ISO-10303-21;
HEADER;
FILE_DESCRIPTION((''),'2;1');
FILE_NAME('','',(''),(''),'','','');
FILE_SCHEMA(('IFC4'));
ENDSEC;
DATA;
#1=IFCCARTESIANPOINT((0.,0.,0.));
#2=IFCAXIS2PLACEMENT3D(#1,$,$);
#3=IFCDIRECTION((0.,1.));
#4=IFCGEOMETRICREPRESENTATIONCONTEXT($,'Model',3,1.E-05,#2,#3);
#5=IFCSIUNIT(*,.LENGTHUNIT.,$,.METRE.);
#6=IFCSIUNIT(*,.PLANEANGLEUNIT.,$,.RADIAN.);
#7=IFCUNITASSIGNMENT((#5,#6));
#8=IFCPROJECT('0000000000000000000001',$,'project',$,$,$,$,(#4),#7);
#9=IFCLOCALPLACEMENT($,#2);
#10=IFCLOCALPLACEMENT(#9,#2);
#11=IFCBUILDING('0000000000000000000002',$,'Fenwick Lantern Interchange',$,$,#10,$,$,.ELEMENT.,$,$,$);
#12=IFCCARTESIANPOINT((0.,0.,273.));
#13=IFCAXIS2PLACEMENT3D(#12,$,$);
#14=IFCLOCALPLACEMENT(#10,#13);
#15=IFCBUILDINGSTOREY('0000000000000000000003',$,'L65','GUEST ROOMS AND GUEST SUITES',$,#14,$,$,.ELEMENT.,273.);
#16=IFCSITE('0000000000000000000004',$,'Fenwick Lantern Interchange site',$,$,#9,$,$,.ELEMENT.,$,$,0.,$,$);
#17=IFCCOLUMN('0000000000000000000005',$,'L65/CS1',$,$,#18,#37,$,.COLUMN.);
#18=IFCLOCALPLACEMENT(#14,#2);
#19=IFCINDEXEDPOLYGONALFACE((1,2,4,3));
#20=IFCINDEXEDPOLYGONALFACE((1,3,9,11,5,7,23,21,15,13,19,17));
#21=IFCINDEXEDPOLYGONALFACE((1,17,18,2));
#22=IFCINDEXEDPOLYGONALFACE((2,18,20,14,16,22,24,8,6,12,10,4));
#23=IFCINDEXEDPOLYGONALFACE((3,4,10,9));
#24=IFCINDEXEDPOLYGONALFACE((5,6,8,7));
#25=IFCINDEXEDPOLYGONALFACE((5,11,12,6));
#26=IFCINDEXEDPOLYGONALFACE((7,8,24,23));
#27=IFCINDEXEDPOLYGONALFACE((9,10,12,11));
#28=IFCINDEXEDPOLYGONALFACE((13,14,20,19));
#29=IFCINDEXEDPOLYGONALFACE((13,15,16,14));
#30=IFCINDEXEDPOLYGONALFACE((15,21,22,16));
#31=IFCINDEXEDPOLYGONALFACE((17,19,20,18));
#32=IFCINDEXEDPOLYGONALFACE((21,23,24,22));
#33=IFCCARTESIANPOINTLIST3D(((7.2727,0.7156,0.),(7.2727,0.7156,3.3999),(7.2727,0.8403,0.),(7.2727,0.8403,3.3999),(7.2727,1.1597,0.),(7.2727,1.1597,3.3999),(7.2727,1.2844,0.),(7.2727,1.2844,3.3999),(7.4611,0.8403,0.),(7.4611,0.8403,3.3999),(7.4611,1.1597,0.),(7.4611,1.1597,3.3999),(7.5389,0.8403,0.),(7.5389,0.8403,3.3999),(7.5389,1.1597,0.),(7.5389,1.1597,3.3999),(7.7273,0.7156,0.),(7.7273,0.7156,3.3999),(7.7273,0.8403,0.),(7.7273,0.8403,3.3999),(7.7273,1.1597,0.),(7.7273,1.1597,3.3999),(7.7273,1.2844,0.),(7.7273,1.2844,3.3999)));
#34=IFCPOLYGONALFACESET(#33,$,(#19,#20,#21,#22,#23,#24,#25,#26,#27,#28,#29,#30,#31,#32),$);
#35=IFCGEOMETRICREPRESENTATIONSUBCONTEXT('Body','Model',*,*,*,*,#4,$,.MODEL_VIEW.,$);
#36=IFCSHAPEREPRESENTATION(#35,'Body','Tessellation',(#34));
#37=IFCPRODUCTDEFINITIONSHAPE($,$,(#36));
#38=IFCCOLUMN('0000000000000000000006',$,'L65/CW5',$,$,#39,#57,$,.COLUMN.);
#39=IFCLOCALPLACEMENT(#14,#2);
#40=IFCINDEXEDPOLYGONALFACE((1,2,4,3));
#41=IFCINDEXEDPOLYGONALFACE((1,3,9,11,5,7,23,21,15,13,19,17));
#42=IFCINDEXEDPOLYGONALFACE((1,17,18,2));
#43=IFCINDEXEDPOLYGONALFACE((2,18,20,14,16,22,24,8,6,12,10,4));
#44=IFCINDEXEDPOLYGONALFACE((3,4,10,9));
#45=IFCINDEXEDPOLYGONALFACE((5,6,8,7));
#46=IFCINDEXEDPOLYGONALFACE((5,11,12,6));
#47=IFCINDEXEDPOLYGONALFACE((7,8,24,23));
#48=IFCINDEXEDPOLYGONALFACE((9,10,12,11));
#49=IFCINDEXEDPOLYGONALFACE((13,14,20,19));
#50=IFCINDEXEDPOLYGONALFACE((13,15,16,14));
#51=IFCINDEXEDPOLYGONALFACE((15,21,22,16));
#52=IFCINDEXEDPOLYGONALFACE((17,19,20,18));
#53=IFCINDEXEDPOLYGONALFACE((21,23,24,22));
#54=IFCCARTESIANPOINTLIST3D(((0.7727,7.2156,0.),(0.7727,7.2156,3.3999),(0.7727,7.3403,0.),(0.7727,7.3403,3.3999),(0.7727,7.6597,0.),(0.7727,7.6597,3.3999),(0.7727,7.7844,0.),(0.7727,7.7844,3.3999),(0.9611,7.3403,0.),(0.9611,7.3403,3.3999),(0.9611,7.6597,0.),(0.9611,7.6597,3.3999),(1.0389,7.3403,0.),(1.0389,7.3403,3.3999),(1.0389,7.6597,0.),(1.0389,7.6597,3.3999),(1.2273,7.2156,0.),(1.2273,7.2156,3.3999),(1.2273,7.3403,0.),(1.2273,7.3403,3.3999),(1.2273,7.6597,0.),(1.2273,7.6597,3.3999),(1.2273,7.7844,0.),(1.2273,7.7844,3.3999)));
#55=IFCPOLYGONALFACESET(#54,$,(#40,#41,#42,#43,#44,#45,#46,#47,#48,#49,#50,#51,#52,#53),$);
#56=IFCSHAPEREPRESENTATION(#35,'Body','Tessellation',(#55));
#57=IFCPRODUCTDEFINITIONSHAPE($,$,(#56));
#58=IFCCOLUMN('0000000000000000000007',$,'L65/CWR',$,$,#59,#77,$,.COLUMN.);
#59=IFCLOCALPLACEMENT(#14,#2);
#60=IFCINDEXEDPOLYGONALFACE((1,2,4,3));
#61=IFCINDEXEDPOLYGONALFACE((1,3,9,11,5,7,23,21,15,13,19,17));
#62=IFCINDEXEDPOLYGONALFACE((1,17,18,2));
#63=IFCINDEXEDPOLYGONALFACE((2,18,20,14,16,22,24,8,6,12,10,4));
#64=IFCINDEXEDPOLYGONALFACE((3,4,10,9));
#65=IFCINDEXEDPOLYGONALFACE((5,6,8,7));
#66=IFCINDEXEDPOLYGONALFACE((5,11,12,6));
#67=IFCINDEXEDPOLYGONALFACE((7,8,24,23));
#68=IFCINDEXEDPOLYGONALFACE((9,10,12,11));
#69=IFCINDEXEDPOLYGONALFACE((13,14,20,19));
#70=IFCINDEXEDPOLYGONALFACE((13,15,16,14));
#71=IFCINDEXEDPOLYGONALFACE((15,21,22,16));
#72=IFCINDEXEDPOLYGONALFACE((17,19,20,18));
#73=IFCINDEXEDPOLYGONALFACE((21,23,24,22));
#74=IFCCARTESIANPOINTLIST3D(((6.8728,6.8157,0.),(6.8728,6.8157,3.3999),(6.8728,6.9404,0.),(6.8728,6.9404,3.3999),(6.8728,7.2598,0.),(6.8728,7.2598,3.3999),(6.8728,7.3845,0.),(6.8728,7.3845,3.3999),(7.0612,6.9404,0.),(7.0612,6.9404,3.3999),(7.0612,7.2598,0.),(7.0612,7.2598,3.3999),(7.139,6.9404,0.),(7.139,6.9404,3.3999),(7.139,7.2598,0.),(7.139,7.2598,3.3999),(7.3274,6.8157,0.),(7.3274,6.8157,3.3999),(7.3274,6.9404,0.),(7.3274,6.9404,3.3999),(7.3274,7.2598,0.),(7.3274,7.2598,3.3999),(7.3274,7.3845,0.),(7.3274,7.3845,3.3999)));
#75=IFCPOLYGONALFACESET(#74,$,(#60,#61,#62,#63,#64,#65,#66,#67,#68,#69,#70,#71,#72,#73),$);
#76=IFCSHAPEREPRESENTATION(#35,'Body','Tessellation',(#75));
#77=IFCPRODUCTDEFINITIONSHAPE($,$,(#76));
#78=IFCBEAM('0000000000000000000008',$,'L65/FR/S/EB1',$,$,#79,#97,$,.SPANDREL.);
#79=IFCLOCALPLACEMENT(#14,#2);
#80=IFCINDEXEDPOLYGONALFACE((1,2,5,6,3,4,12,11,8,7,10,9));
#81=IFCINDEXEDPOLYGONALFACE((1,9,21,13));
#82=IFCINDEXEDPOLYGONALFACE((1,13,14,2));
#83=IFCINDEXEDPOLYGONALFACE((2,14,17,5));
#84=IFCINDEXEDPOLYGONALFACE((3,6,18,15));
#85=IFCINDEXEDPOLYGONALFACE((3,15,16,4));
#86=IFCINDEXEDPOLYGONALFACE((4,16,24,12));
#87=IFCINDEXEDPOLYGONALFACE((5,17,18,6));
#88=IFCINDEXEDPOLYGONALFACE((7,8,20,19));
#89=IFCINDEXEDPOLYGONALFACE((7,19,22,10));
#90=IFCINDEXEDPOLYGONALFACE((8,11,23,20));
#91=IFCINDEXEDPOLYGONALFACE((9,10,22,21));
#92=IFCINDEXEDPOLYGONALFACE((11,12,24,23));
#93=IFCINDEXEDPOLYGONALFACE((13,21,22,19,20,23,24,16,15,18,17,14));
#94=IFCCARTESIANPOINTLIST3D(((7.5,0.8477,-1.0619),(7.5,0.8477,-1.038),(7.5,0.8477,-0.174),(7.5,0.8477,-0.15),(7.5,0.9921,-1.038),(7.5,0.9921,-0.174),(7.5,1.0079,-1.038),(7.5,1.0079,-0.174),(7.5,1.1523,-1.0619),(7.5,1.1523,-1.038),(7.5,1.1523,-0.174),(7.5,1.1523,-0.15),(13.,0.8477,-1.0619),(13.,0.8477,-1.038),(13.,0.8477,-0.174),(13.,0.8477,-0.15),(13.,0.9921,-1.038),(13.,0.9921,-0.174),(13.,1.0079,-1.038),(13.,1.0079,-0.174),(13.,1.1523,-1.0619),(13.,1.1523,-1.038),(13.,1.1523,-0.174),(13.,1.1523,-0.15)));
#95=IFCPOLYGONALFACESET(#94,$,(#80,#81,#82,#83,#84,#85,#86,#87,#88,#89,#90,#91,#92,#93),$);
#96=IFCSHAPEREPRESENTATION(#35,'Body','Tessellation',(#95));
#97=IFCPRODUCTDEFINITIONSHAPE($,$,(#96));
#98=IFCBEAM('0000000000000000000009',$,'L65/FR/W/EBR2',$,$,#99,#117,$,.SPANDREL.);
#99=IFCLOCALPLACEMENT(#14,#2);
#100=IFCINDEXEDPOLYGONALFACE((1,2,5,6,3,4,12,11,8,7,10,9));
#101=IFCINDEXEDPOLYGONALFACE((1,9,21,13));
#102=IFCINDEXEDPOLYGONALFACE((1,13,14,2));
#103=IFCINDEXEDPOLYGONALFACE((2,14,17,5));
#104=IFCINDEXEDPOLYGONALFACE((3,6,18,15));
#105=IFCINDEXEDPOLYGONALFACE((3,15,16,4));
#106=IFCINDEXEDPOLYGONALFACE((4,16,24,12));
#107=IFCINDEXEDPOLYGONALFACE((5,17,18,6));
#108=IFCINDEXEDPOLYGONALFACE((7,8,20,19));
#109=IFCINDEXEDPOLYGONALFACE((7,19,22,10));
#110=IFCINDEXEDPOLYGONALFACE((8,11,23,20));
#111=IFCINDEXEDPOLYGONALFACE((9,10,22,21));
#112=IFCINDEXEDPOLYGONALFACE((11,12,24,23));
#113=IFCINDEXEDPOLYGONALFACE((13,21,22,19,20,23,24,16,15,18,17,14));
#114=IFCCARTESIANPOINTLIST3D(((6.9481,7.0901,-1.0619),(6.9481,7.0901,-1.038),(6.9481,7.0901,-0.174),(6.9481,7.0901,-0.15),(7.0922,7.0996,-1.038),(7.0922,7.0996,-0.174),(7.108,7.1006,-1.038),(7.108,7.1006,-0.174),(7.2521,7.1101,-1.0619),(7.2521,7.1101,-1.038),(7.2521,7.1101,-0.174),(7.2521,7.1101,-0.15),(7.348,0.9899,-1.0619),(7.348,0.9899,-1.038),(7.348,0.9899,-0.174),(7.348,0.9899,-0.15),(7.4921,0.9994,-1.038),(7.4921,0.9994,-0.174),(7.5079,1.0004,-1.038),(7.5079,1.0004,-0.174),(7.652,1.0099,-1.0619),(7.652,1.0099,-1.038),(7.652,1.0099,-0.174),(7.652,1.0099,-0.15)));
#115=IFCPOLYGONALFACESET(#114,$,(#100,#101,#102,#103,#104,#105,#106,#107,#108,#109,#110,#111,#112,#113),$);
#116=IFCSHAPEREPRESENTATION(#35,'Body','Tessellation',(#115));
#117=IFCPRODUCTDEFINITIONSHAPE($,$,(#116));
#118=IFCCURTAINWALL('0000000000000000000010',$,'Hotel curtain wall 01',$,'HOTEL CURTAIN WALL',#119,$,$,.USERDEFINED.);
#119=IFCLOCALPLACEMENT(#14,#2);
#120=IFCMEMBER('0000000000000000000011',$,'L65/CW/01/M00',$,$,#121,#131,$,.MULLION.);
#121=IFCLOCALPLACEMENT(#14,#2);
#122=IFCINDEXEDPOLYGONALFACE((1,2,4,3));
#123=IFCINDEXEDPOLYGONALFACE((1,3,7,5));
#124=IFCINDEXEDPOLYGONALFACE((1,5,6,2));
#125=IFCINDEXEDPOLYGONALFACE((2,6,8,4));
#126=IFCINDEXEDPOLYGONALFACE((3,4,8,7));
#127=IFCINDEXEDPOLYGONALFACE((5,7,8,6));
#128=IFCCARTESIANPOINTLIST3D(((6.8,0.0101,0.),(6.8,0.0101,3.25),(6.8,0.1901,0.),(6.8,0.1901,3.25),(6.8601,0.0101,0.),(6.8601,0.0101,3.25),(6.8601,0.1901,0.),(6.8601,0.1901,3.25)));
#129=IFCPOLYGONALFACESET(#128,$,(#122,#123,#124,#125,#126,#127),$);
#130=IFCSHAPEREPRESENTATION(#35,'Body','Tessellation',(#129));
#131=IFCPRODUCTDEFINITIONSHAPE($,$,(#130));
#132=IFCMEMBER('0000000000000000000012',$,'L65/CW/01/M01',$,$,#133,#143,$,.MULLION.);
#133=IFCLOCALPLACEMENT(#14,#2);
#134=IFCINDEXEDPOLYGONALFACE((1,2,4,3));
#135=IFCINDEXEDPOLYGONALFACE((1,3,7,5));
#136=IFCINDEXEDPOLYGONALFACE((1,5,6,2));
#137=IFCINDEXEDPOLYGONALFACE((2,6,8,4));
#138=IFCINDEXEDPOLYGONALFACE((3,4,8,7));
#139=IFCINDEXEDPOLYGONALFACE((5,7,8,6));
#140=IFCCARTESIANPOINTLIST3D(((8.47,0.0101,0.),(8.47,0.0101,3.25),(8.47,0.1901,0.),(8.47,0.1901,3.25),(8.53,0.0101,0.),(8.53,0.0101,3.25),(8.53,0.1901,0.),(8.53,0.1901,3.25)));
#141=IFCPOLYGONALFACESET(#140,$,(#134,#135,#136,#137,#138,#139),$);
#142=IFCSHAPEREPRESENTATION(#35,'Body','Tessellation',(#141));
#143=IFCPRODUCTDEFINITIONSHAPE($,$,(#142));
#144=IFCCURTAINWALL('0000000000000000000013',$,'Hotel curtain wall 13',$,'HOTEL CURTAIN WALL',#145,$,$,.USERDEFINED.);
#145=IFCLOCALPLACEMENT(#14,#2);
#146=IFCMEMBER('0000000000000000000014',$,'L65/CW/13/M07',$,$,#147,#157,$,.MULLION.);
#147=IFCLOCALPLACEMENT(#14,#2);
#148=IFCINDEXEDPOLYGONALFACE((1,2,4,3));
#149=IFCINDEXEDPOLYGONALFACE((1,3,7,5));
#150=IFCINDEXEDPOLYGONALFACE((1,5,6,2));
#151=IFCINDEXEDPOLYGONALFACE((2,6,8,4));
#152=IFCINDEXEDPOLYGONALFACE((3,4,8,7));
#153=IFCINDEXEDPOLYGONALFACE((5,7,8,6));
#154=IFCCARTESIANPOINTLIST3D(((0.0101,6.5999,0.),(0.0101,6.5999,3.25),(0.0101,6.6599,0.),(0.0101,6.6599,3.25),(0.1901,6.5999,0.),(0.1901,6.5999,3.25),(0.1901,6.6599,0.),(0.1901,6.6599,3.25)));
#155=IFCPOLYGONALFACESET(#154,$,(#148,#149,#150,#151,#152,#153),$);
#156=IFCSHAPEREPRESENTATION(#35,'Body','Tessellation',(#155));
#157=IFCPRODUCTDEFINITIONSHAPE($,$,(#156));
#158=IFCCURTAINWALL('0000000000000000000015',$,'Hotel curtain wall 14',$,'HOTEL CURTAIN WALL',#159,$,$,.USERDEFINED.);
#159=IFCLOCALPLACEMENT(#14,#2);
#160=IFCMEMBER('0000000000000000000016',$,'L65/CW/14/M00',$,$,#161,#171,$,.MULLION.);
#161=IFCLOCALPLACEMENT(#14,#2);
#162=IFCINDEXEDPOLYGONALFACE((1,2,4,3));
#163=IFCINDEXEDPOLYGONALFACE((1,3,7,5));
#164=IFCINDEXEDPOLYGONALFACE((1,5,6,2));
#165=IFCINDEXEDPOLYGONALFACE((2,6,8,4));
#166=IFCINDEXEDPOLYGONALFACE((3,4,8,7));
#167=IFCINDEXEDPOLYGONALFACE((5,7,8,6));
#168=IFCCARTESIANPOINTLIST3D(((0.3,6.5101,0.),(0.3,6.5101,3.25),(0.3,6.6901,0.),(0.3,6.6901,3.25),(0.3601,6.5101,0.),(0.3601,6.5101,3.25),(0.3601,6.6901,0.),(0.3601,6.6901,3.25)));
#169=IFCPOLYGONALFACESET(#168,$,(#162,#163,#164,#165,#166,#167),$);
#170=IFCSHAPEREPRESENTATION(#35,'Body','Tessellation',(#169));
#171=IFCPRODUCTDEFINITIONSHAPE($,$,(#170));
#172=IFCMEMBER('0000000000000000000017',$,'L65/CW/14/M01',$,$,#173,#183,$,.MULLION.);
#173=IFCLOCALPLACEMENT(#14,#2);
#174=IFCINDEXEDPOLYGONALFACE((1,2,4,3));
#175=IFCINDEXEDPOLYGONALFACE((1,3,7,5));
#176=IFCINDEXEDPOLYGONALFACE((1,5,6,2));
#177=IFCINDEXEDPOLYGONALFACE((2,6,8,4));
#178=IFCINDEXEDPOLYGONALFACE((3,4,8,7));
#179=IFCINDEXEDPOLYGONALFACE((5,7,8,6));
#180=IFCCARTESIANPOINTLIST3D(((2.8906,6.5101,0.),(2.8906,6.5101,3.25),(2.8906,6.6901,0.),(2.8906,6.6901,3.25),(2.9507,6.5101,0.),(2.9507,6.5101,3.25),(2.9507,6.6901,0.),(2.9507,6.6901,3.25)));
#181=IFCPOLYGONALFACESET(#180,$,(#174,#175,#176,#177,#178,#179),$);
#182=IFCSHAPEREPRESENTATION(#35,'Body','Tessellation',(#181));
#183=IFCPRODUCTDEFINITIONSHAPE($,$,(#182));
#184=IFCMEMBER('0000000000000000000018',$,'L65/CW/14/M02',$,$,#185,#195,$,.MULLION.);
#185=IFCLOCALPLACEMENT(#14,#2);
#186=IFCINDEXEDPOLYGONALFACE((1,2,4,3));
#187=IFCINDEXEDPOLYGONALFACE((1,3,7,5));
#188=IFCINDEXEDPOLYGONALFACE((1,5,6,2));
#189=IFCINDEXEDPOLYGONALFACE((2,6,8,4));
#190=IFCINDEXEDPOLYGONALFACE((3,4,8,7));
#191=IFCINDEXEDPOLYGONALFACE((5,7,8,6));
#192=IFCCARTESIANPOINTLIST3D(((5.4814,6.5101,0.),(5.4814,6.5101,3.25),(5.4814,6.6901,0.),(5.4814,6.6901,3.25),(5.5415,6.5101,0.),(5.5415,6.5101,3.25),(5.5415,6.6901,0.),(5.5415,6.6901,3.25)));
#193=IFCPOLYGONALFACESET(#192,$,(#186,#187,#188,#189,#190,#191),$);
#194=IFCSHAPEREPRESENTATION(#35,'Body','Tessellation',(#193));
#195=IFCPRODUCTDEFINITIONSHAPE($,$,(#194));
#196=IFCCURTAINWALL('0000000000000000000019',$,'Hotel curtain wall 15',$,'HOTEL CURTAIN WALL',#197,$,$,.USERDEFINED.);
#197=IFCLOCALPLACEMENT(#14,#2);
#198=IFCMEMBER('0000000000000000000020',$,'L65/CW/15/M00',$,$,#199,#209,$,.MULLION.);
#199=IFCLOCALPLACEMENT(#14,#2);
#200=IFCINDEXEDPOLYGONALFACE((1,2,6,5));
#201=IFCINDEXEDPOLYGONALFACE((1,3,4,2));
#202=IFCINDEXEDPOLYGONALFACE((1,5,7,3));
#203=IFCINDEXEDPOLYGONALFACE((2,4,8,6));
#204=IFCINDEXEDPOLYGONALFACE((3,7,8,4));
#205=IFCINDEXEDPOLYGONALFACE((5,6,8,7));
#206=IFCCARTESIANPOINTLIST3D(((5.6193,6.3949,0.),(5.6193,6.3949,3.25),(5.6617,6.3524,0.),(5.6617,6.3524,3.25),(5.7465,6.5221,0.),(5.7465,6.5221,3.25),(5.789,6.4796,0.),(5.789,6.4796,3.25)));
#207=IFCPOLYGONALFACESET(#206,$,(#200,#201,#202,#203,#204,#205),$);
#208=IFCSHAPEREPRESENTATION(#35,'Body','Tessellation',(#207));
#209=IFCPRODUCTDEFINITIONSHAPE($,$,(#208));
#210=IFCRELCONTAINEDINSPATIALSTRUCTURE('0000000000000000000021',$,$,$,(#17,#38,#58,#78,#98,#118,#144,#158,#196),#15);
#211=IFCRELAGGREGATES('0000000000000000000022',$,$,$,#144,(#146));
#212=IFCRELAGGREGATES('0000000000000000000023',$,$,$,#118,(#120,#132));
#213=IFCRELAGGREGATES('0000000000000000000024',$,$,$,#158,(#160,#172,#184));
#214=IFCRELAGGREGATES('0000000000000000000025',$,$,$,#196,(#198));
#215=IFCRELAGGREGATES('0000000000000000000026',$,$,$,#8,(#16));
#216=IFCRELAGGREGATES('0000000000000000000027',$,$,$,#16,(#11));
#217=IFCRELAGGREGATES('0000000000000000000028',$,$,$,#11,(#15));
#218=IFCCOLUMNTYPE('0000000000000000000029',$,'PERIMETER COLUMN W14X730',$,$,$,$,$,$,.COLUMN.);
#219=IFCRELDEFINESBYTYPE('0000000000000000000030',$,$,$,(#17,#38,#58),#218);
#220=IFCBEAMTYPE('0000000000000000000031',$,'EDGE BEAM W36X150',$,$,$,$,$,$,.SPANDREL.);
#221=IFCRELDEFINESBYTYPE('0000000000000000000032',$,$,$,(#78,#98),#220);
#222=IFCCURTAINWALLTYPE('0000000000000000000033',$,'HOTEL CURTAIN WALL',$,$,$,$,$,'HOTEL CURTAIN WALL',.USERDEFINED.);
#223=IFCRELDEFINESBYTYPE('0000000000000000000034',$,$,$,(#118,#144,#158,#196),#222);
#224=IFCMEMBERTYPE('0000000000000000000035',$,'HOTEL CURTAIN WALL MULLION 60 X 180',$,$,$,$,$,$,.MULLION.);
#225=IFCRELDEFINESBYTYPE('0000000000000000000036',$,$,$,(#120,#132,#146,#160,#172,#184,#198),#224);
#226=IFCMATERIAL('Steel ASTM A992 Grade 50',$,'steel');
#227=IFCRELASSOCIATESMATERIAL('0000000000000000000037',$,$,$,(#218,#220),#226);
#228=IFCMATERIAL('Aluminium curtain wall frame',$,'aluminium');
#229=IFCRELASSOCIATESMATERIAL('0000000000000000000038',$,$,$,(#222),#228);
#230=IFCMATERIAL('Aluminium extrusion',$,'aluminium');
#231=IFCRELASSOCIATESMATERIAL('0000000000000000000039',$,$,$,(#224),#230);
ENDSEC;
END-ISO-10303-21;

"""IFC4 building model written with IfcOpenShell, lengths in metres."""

from ifc_helpers import new_model, si_unit, direction, frame, origin, origin_2d, place, context, subcontext, project, spatial, rectangle, i_section, extrude, material, material_profile, profile_set, type_object, element, aggregate, save


model = new_model("IFC4")

# Units and contexts
model_context = context("Model", 3, precision=1e-05, world=origin(), true_north=direction((0.0, 1.0)))
body_context = subcontext(model_context, "Body", "Model", "MODEL_VIEW")
ifc_project = project(units=[si_unit("LENGTHUNIT", "METRE"), si_unit("PLANEANGLEUNIT", "RADIAN")], contexts=[model_context])

# Site, building, storey
site_placement = place(None, origin())
site = spatial("IfcSite", under=ifc_project, at=site_placement, Name="Fenwick Lantern Interchange site", CompositionType="ELEMENT", RefElevation=0.0)
building_placement = place(site_placement, origin())
building = spatial("IfcBuilding", under=site, at=building_placement, Name="Fenwick Lantern Interchange", CompositionType="ELEMENT")
storey_placement = place(building_placement, frame((0.0, 0.0, 273.0)))
storey = spatial("IfcBuildingStorey", under=building, at=storey_placement, Name="L65", Description="GUEST ROOMS AND GUEST SUITES", CompositionType="ELEMENT", Elevation=273.0)

# Columns
ifc_material_1 = material(Name="Steel ASTM A992 Grade 50", Category="steel")
ifc_material_profile_1 = material_profile(ifc_material_1, i_section(OverallWidth=0.4546, OverallDepth=0.5688, WebThickness=0.0779, FlangeThickness=0.1248, at=origin_2d()), Name="W14X730")
ifc_profile_set_1 = profile_set([ifc_material_profile_1], Name="Steel ASTM A992 Grade 50")
column_type = type_object("IfcColumnType", Name="PERIMETER COLUMN W14X730", PredefinedType="COLUMN", material=ifc_profile_set_1)
for number, where, z_axis, x_axis, name in (
    (1, (7.5, 1.0, 0.0), (0.0, 0.0, 1.0), (1.0, 0.0, 0.0), "L65/CS1"),
    (2, (1.0, 7.5, 0.0), (0.0, 0.0, 1.0), (1.0, 0.0, 0.0), "L65/CW5"),
    (3, (7.1001, 7.1001, 0.0), (0.0, 0.0, 1.0), (1.0, 0.0, 0.0), "L65/CWR"),
):
    element("IfcColumn", number, at=place(storey_placement, frame(where, z_axis=z_axis, x_axis=x_axis)), inside=storey, type_object=column_type, Name=name, PredefinedType="COLUMN", context=body_context, shape_type="SweptSolid", body=[
        extrude(i_section(OverallWidth=0.4546, OverallDepth=0.5688, WebThickness=0.0779, FlangeThickness=0.1248, at=origin_2d()), origin(), (0.0, 0.0, 1.0), 3.3999),
    ])

# Beams
ifc_material_profile_2 = material_profile(ifc_material_1, i_section(OverallWidth=0.3047, OverallDepth=0.9119, WebThickness=0.0159, FlangeThickness=0.0239, at=origin_2d()), Name="W36X150")
ifc_profile_set_2 = profile_set([ifc_material_profile_2], Name="Steel ASTM A992 Grade 50")
beam_type_1 = type_object("IfcBeamType", Name="EDGE BEAM W36X150", PredefinedType="SPANDREL", material=ifc_profile_set_2)
beam_1_placement = place(storey_placement, frame((7.5, 1.0, -0.606), z_axis=(1.0, 0.0, 0.0), x_axis=(0.0, 1.0, 0.0)))
element("IfcBeam", 4, at=beam_1_placement, inside=storey, type_object=beam_type_1, Name="L65/FR/S/EB1", PredefinedType="SPANDREL", context=body_context, shape_type="SweptSolid", body=[
    extrude(i_section(OverallWidth=0.3047, OverallDepth=0.9119, WebThickness=0.0159, FlangeThickness=0.0239, at=origin_2d()), origin(), (0.0, 0.0, 1.0), 5.5),
])
beam_2_placement = place(storey_placement, frame((7.1001, 7.1001, -0.606), z_axis=(0.065416, -0.997858, 0.0), x_axis=(0.997858, 0.065416, 0.0)))
element("IfcBeam", 5, at=beam_2_placement, inside=storey, type_object=beam_type_1, Name="L65/FR/W/EBR2", PredefinedType="SPANDREL", context=body_context, shape_type="SweptSolid", body=[
    extrude(i_section(OverallWidth=0.3047, OverallDepth=0.9119, WebThickness=0.0159, FlangeThickness=0.0239, at=origin_2d()), origin(), (0.0, 0.0, 1.0), 6.1133),
])

# Curtain wall, members
ifc_material_2 = material(Name="Aluminium curtain wall frame", Category="aluminium")
curtain_wall_type = type_object("IfcCurtainWallType", Name="HOTEL CURTAIN WALL", ElementType="HOTEL CURTAIN WALL", PredefinedType="USERDEFINED", material=ifc_material_2)
curtain_wall_1_placement = place(storey_placement, origin())
curtain_wall_1 = element("IfcCurtainWall", 6, at=curtain_wall_1_placement, inside=storey, type_object=curtain_wall_type, Name="Hotel curtain wall 01", ObjectType="HOTEL CURTAIN WALL", PredefinedType="USERDEFINED")
ifc_material_3 = material(Name="Aluminium extrusion", Category="aluminium")
ifc_material_profile_3 = material_profile(ifc_material_3, rectangle(XDim=0.1799, YDim=0.0601, at=origin_2d()), Name="HOTEL CURTAIN WALL MULLION 60 X 180")
ifc_profile_set_3 = profile_set([ifc_material_profile_3], Name="Aluminium extrusion")
member_type_1 = type_object("IfcMemberType", Name="HOTEL CURTAIN WALL MULLION 60 X 180", PredefinedType="MULLION", material=ifc_profile_set_3)
member_1_placement = place(storey_placement, frame((6.8301, 0.1001, 0.0), z_axis=(0.0, 0.0, 1.0), x_axis=(0.0, 1.0, 0.0)))
member_1 = element("IfcMember", 7, at=member_1_placement, type_object=member_type_1, Name="L65/CW/01/M00", PredefinedType="MULLION", context=body_context, shape_type="SweptSolid", body=[
    extrude(rectangle(XDim=0.1799, YDim=0.0601, at=origin_2d()), origin(), (0.0, 0.0, 1.0), 3.25),
])
member_2_placement = place(storey_placement, frame((8.5, 0.1001, 0.0), z_axis=(0.0, 0.0, 1.0), x_axis=(0.0, 1.0, 0.0)))
member_2 = element("IfcMember", 8, at=member_2_placement, type_object=member_type_1, Name="L65/CW/01/M01", PredefinedType="MULLION", context=body_context, shape_type="SweptSolid", body=[
    extrude(rectangle(XDim=0.1799, YDim=0.0601, at=origin_2d()), origin(), (0.0, 0.0, 1.0), 3.25),
])

# Curtain wall, member
curtain_wall_2_placement = place(storey_placement, origin())
curtain_wall_2 = element("IfcCurtainWall", 9, at=curtain_wall_2_placement, inside=storey, type_object=curtain_wall_type, Name="Hotel curtain wall 13", ObjectType="HOTEL CURTAIN WALL", PredefinedType="USERDEFINED")
member_3_placement = place(storey_placement, frame((0.1001, 6.6299, 0.0), z_axis=(0.0, 0.0, 1.0), x_axis=(1.0, 0.0, 0.0)))
member_3 = element("IfcMember", 10, at=member_3_placement, type_object=member_type_1, Name="L65/CW/13/M07", PredefinedType="MULLION", context=body_context, shape_type="SweptSolid", body=[
    extrude(rectangle(XDim=0.1799, YDim=0.0601, at=origin_2d()), origin(), (0.0, 0.0, 1.0), 3.25),
])
aggregate(curtain_wall_2, [member_3])

# Curtain walls, members
curtain_wall_3_placement = place(storey_placement, origin())
curtain_wall_3 = element("IfcCurtainWall", 11, at=curtain_wall_3_placement, inside=storey, type_object=curtain_wall_type, Name="Hotel curtain wall 14", ObjectType="HOTEL CURTAIN WALL", PredefinedType="USERDEFINED")
member_4_placement = place(storey_placement, frame((0.3301, 6.6001, 0.0), z_axis=(0.0, 0.0, 1.0), x_axis=(0.0, 1.0, 0.0)))
member_4 = element("IfcMember", 12, at=member_4_placement, type_object=member_type_1, Name="L65/CW/14/M00", PredefinedType="MULLION", context=body_context, shape_type="SweptSolid", body=[
    extrude(rectangle(XDim=0.1799, YDim=0.0601, at=origin_2d()), origin(), (0.0, 0.0, 1.0), 3.25),
])
member_5_placement = place(storey_placement, frame((2.9207, 6.6001, 0.0), z_axis=(0.0, 0.0, 1.0), x_axis=(0.0, 1.0, 0.0)))
member_5 = element("IfcMember", 13, at=member_5_placement, type_object=member_type_1, Name="L65/CW/14/M01", PredefinedType="MULLION", context=body_context, shape_type="SweptSolid", body=[
    extrude(rectangle(XDim=0.1799, YDim=0.0601, at=origin_2d()), origin(), (0.0, 0.0, 1.0), 3.25),
])
member_6_placement = place(storey_placement, frame((5.5115, 6.6001, 0.0), z_axis=(0.0, 0.0, 1.0), x_axis=(0.0, 1.0, 0.0)))
member_6 = element("IfcMember", 14, at=member_6_placement, type_object=member_type_1, Name="L65/CW/14/M02", PredefinedType="MULLION", context=body_context, shape_type="SweptSolid", body=[
    extrude(rectangle(XDim=0.1799, YDim=0.0601, at=origin_2d()), origin(), (0.0, 0.0, 1.0), 3.25),
])
curtain_wall_4_placement = place(storey_placement, origin())
curtain_wall_4 = element("IfcCurtainWall", 15, at=curtain_wall_4_placement, inside=storey, type_object=curtain_wall_type, Name="Hotel curtain wall 15", ObjectType="HOTEL CURTAIN WALL", PredefinedType="USERDEFINED")
member_7_placement = place(storey_placement, frame((5.7041, 6.4373, 0.0), z_axis=(0.0, 0.0, 1.0), x_axis=(0.707107, 0.707107, 0.0)))
member_7 = element("IfcMember", 16, at=member_7_placement, type_object=member_type_1, Name="L65/CW/15/M00", PredefinedType="MULLION", context=body_context, shape_type="SweptSolid", body=[
    extrude(rectangle(XDim=0.1799, YDim=0.0601, at=origin_2d()), origin(), (0.0, 0.0, 1.0), 3.25),
])

aggregate(curtain_wall_1, [member_1, member_2])
aggregate(curtain_wall_3, [member_4, member_5, member_6])
aggregate(curtain_wall_4, [member_7])

save(model, "model.ifc")
